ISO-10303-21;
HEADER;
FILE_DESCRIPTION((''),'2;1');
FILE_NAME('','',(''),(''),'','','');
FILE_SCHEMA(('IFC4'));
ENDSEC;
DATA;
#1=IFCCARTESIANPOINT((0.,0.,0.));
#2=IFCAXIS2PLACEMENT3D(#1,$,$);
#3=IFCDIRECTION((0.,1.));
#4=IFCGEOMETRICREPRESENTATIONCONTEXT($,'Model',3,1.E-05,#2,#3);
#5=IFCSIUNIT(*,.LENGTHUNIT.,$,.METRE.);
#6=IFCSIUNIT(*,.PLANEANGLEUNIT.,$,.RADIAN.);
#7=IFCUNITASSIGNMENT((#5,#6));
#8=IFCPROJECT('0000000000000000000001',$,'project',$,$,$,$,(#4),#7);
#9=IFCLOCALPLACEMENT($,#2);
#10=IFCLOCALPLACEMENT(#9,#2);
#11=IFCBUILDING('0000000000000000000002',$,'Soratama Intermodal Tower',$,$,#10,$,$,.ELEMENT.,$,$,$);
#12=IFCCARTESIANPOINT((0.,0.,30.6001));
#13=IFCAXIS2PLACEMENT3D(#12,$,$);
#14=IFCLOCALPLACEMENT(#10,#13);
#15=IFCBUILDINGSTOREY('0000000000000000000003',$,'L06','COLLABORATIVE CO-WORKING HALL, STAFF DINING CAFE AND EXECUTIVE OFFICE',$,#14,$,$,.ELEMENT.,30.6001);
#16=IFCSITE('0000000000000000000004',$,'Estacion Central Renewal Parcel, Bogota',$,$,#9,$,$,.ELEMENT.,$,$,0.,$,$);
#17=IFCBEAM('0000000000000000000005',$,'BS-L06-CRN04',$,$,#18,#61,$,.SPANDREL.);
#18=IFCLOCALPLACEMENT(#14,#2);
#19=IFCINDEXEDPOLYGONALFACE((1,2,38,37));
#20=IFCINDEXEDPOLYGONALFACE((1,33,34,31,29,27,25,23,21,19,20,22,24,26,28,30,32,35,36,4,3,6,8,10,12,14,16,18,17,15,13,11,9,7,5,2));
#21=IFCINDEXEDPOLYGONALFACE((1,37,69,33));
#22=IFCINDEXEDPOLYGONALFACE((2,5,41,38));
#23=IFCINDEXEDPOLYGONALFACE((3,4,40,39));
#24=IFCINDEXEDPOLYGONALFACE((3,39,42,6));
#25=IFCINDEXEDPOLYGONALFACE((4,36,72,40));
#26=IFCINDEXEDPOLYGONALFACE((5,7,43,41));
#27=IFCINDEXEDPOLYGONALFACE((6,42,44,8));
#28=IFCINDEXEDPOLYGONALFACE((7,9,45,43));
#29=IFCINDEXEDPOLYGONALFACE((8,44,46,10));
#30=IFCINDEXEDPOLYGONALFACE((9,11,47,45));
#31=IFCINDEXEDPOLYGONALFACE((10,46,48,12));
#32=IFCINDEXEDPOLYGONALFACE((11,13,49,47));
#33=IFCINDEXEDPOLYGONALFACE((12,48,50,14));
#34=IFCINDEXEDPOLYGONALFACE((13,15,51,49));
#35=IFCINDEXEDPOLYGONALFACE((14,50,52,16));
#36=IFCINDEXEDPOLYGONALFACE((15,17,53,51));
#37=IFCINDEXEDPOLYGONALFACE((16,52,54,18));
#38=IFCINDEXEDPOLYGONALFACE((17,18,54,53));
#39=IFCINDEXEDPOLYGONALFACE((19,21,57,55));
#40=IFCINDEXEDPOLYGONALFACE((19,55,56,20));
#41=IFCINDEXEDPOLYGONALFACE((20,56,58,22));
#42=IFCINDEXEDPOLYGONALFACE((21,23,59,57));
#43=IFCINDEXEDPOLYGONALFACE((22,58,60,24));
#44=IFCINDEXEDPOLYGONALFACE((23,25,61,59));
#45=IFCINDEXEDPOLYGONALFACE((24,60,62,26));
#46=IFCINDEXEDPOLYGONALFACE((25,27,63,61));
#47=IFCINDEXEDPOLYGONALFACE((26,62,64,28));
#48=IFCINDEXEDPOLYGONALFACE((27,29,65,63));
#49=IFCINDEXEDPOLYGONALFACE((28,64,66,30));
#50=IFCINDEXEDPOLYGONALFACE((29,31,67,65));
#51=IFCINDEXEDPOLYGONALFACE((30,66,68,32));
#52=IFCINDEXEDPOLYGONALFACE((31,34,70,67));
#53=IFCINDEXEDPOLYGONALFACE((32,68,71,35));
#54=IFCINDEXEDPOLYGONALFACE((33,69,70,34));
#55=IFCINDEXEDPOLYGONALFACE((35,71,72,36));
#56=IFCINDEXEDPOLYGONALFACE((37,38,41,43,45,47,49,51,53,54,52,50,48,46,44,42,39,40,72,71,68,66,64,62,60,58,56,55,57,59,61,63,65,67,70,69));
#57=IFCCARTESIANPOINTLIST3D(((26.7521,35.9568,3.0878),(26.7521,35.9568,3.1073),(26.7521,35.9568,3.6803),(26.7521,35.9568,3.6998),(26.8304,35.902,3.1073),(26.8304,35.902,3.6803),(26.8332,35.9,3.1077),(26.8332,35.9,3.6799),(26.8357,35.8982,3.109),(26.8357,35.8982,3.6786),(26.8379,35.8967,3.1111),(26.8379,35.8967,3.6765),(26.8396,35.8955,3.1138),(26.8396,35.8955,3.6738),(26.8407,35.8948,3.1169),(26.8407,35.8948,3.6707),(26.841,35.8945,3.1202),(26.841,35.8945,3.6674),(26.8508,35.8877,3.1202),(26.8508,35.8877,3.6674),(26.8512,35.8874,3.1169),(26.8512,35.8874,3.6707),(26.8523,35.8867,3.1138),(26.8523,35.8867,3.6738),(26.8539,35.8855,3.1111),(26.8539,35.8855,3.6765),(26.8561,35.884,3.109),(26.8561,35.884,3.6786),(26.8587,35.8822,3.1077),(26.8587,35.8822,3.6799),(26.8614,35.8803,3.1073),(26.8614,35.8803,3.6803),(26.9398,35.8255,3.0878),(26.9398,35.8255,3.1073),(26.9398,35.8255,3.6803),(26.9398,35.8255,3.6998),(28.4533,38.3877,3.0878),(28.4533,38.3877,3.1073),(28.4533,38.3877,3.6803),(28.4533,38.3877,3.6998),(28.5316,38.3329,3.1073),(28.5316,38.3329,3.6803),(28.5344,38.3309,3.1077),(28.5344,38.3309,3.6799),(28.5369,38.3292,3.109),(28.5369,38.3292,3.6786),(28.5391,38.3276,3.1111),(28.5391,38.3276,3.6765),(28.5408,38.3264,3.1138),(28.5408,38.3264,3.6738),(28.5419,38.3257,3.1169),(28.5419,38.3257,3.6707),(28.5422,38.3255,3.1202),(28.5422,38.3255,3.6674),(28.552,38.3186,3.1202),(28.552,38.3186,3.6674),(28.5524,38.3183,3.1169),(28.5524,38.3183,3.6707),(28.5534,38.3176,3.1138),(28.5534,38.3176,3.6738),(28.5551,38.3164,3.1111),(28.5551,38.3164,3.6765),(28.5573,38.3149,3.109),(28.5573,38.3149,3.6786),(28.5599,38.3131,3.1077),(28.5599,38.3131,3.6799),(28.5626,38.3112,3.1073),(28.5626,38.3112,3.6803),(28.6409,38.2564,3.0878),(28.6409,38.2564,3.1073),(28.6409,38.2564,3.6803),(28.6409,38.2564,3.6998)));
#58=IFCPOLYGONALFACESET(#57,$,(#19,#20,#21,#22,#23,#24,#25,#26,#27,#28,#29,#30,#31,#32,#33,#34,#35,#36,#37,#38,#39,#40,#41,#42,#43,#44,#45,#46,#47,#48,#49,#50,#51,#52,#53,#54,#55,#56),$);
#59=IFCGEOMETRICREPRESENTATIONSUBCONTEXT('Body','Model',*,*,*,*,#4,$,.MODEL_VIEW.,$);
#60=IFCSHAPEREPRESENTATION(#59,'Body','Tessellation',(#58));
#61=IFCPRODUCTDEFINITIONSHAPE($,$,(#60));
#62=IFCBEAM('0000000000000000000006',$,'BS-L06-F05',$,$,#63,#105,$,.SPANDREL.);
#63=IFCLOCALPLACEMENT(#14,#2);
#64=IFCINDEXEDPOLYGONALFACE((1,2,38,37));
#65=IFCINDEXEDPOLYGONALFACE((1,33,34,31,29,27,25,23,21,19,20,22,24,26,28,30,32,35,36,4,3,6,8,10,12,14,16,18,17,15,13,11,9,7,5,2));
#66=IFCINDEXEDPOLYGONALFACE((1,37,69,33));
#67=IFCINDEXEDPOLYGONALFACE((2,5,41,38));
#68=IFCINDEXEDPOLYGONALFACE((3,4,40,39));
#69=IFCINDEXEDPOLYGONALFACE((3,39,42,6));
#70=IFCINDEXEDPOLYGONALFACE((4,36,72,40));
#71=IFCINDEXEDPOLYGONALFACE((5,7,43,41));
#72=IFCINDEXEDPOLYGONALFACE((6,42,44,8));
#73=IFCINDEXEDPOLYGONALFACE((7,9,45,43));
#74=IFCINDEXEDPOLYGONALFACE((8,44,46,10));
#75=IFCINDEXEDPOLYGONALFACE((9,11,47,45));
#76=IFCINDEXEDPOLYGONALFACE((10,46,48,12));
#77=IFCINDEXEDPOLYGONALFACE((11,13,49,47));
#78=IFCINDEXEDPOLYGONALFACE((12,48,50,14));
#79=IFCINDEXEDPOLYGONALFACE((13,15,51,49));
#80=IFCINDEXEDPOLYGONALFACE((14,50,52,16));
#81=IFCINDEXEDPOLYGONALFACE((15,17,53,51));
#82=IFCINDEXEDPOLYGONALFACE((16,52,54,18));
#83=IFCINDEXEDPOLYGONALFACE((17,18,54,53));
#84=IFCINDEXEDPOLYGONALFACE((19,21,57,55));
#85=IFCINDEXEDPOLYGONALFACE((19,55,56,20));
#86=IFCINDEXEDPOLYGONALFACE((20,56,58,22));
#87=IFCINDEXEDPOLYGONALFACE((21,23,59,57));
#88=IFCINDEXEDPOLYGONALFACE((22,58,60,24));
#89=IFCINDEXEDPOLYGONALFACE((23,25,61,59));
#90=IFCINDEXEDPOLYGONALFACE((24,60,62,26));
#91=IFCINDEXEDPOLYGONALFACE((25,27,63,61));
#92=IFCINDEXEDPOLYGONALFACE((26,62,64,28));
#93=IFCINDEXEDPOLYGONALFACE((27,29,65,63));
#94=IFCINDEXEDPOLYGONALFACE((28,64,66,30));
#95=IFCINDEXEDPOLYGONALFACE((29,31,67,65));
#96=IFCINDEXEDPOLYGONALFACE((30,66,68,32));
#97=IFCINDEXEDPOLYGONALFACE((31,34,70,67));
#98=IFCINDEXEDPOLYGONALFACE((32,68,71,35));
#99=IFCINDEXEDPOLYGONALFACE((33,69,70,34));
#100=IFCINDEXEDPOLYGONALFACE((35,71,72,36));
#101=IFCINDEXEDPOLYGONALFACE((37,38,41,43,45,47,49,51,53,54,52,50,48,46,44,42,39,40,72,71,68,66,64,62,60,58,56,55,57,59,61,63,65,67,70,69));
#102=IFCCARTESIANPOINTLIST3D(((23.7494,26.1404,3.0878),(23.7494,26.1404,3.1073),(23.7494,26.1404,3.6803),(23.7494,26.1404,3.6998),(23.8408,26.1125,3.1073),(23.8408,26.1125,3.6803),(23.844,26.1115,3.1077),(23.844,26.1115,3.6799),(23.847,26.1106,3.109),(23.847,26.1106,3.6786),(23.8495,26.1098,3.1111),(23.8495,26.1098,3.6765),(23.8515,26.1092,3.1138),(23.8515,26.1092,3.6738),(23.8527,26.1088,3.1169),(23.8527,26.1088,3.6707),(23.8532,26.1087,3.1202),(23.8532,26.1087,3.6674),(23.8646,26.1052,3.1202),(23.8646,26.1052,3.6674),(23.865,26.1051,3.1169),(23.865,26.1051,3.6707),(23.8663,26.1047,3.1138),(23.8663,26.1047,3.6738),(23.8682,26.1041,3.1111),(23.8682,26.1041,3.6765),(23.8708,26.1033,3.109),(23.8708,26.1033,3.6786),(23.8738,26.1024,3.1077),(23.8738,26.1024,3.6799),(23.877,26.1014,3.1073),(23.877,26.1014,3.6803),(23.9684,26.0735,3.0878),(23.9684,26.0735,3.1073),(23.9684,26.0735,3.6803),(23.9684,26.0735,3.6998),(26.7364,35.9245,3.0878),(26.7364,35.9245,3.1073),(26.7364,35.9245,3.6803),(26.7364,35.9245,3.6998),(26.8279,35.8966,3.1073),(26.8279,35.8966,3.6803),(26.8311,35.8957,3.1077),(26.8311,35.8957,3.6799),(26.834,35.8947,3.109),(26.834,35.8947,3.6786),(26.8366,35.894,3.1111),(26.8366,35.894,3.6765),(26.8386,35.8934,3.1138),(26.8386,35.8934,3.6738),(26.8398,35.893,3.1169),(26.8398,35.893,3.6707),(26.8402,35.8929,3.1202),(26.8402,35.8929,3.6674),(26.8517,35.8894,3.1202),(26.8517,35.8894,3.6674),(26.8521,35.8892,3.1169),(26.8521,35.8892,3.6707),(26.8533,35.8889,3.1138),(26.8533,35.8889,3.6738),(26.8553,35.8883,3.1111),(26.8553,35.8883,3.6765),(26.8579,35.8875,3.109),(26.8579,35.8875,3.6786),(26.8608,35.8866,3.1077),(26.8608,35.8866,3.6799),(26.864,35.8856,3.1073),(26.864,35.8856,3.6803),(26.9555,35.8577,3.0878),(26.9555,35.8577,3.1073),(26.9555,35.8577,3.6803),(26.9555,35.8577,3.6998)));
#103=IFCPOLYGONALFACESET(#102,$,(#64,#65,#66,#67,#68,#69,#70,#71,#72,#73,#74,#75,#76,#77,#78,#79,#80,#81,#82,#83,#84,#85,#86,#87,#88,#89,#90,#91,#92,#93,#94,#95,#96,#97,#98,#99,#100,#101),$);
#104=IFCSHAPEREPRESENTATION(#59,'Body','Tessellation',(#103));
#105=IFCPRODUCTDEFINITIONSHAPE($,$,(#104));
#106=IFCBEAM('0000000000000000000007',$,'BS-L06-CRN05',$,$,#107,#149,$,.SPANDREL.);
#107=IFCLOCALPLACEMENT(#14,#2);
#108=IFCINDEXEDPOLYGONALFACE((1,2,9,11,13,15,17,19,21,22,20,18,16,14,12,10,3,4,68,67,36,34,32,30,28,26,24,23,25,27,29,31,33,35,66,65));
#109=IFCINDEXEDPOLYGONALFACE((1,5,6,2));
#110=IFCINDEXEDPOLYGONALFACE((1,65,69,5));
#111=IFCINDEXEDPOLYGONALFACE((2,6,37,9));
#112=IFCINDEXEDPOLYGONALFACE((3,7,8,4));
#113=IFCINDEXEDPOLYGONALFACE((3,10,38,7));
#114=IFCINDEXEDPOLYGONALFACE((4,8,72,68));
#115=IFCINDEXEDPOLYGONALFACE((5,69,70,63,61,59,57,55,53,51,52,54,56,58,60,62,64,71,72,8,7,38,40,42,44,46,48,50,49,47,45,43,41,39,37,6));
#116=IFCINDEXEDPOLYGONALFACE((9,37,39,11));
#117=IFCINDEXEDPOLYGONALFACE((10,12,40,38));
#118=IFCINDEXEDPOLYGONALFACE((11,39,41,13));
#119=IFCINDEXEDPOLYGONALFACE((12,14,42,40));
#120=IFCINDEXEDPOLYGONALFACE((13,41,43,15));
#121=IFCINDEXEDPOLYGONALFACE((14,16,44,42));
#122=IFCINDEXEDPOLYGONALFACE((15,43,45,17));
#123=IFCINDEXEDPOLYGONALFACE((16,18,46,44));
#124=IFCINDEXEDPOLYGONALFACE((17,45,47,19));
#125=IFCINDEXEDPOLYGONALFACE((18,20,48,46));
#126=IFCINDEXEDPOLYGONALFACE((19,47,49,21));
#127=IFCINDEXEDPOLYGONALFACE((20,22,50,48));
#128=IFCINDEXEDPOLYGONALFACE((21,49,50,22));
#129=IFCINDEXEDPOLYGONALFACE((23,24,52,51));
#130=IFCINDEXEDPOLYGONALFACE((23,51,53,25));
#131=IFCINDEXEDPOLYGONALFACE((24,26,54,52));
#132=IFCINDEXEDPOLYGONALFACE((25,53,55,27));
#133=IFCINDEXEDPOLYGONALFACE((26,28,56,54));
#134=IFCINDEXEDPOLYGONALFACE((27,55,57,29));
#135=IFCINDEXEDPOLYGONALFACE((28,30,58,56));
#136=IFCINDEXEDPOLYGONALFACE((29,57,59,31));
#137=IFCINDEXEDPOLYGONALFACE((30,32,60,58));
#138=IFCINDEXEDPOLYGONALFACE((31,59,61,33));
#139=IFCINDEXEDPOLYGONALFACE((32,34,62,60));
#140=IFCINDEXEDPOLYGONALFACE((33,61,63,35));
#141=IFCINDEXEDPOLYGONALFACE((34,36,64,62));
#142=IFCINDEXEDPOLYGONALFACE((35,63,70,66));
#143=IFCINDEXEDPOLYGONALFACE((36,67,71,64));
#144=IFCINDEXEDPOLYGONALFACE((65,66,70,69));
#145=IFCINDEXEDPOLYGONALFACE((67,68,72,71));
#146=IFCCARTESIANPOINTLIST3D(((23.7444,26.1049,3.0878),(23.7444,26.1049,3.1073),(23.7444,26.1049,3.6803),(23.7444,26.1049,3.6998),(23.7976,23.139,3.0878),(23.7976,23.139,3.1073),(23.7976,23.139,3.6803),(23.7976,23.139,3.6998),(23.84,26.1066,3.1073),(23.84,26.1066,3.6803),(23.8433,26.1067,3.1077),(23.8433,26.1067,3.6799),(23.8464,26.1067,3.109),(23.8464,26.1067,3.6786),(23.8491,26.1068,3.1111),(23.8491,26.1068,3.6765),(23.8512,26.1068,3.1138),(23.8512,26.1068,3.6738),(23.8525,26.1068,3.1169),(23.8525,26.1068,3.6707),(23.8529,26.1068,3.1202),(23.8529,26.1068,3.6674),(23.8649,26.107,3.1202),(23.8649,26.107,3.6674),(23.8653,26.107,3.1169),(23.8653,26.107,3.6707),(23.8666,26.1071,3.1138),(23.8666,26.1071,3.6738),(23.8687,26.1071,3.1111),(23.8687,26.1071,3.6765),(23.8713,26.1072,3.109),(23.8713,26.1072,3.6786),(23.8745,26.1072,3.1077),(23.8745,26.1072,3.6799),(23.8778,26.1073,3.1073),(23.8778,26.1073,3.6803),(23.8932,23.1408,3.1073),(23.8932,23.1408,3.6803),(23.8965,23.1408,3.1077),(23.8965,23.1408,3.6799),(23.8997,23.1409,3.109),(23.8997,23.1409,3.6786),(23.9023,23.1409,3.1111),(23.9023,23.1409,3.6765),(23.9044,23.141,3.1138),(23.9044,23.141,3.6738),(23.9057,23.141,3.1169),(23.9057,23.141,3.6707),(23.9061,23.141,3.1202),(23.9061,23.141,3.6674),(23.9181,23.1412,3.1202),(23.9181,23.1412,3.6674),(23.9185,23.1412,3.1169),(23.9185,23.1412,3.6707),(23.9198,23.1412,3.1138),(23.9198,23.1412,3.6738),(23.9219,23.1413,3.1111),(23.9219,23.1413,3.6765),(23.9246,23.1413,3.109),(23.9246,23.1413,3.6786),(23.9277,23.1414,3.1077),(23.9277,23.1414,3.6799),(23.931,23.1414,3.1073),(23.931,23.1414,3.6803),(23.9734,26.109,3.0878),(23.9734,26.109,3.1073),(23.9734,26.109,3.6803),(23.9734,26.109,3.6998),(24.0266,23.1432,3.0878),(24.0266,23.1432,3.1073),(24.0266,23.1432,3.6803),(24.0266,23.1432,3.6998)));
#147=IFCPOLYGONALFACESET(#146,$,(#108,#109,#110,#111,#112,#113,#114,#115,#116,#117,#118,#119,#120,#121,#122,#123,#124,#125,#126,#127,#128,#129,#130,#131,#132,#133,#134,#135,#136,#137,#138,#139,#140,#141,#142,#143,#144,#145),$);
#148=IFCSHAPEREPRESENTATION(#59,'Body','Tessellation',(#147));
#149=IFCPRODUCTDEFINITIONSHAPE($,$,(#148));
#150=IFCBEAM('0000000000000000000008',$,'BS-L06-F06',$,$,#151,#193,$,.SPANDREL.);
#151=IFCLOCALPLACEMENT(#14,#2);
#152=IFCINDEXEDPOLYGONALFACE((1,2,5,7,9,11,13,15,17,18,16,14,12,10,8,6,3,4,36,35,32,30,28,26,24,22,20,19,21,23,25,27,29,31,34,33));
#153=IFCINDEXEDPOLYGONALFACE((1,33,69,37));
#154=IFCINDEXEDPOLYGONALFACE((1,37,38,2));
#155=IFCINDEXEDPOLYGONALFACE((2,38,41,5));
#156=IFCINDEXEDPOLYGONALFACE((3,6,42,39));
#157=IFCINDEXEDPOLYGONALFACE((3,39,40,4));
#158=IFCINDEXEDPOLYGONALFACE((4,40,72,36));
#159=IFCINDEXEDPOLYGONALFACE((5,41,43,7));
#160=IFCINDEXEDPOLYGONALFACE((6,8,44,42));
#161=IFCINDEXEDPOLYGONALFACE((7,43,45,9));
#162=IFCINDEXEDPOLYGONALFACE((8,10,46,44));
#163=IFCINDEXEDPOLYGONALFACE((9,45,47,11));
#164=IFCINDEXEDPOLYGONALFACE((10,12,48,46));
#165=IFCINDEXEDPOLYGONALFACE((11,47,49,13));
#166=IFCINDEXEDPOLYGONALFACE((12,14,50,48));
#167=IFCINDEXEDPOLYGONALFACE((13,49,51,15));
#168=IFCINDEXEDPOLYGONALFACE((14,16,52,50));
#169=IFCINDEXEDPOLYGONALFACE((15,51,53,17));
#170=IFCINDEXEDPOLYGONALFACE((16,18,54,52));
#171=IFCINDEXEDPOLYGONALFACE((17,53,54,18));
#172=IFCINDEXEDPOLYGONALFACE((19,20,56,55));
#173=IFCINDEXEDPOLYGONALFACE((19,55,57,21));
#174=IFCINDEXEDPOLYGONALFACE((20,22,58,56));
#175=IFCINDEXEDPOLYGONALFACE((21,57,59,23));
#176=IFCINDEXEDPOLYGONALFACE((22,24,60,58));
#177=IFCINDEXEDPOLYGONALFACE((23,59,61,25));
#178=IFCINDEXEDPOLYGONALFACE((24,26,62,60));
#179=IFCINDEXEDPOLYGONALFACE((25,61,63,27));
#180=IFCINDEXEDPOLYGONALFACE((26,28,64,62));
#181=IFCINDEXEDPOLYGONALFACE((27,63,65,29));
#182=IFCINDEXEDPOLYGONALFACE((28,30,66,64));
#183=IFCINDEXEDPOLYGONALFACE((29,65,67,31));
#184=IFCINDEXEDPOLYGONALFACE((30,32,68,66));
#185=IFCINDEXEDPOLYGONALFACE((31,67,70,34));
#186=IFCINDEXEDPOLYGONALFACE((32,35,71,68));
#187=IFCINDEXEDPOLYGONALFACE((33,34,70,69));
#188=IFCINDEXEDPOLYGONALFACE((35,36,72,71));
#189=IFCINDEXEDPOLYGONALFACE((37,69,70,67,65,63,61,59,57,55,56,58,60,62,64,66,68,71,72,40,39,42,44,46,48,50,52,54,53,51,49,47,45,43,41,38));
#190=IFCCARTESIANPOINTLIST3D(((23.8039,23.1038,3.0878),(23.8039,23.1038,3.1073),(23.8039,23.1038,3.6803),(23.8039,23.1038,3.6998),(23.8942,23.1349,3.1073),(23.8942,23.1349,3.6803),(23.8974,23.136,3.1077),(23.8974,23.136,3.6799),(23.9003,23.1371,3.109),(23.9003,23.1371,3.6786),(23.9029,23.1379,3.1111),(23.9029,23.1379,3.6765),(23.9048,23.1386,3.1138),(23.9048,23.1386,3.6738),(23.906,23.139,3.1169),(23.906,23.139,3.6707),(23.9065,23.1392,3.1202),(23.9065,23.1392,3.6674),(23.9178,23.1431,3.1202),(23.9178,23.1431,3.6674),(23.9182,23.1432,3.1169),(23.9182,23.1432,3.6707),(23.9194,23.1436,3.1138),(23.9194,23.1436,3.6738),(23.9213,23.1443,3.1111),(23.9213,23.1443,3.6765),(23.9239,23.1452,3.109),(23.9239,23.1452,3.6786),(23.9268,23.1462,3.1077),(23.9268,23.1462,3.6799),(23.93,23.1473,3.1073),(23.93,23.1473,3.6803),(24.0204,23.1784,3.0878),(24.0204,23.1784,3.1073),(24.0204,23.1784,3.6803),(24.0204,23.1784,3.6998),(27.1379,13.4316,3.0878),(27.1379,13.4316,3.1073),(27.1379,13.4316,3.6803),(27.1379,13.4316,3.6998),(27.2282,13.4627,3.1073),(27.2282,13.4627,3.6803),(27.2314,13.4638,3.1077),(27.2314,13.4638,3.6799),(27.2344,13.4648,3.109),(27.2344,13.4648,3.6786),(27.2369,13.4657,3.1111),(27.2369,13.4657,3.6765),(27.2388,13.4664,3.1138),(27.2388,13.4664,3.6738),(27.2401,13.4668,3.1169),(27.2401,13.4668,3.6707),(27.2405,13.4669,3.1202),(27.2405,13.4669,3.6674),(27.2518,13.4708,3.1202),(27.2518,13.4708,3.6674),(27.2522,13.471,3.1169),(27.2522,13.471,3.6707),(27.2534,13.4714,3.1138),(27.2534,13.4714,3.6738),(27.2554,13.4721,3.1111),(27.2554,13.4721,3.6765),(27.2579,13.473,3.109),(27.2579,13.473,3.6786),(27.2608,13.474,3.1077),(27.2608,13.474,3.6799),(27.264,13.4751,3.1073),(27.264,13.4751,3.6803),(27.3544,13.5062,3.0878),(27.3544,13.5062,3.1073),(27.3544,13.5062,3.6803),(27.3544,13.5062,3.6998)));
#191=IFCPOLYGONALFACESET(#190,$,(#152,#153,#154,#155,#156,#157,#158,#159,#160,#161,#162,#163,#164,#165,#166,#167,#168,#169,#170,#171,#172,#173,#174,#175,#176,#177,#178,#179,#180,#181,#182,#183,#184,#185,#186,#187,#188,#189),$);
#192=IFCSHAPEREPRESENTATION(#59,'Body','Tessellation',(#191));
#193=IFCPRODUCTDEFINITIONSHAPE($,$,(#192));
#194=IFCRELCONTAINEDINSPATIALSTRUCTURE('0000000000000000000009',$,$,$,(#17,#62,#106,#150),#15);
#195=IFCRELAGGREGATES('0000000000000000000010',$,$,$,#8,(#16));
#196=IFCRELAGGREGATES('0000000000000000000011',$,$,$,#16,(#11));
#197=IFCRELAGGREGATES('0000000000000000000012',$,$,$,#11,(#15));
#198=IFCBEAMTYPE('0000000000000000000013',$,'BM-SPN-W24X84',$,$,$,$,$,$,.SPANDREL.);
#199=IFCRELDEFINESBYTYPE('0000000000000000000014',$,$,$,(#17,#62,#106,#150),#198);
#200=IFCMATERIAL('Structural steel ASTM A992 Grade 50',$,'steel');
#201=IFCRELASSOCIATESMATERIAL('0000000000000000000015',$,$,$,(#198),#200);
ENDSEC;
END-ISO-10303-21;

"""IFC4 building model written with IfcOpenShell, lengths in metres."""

from ifc_helpers import new_model, si_unit, direction, frame, origin, origin_2d, place, context, subcontext, project, spatial, i_section, extrude, material, material_profile, profile_set, type_object, element, save


model = new_model("IFC4")

# Units and contexts
model_context = context("Model", 3, precision=1e-05, world=origin(), true_north=direction((0.0, 1.0)))
body_context = subcontext(model_context, "Body", "Model", "MODEL_VIEW")
ifc_project = project(units=[si_unit("LENGTHUNIT", "METRE"), si_unit("PLANEANGLEUNIT", "RADIAN")], contexts=[model_context])

# Site, building, storey
site_placement = place(None, origin())
site = spatial("IfcSite", under=ifc_project, at=site_placement, Name="Estacion Central Renewal Parcel, Bogota", CompositionType="ELEMENT", RefElevation=0.0)
building_placement = place(site_placement, origin())
building = spatial("IfcBuilding", under=site, at=building_placement, Name="Soratama Intermodal Tower", CompositionType="ELEMENT")
storey_placement = place(building_placement, frame((0.0, 0.0, 30.6001)))
storey = spatial("IfcBuildingStorey", under=building, at=storey_placement, Name="L06", Description="COLLABORATIVE CO-WORKING HALL, STAFF DINING CAFE AND EXECUTIVE OFFICE", CompositionType="ELEMENT", Elevation=30.6001)

# Beams
ifc_material_1 = material(Name="Structural steel ASTM A992 Grade 50", Category="steel")
ifc_material_profile_1 = material_profile(ifc_material_1, i_section(OverallWidth=0.229, OverallDepth=0.6121, WebThickness=0.012, FlangeThickness=0.0195, FilletRadius=0.0129, at=origin_2d()), Name="W24X84")
ifc_profile_set_1 = profile_set([ifc_material_profile_1], Name="Structural steel ASTM A992 Grade 50")
beam_type_1 = type_object("IfcBeamType", Name="BM-SPN-W24X84", PredefinedType="SPANDREL", material=ifc_profile_set_1)
beam_1_placement = place(storey_placement, frame((28.5471, 38.322, 3.3938), z_axis=(-0.573357, -0.819305, 0.0), x_axis=(0.819305, -0.573357, 0.0)))
element("IfcBeam", 1, at=beam_1_placement, inside=storey, type_object=beam_type_1, Name="BS-L06-CRN04", PredefinedType="SPANDREL", context=body_context, shape_type="SweptSolid", body=[
    extrude(i_section(OverallWidth=0.229, OverallDepth=0.6121, WebThickness=0.012, FlangeThickness=0.0195, FilletRadius=0.0129, at=origin_2d()), origin(), (0.0, 0.0, 1.0), 2.967),
])
beam_2_placement = place(storey_placement, frame((26.8459, 35.8911, 3.3938), z_axis=(-0.291991, -0.956421, 0.0), x_axis=(0.956421, -0.291991, 0.0)))
element("IfcBeam", 2, at=beam_2_placement, inside=storey, type_object=beam_type_1, Name="BS-L06-F05", PredefinedType="SPANDREL", context=body_context, shape_type="SweptSolid", body=[
    extrude(i_section(OverallWidth=0.229, OverallDepth=0.6121, WebThickness=0.012, FlangeThickness=0.0195, FilletRadius=0.0129, at=origin_2d()), origin(), (0.0, 0.0, 1.0), 10.23),
])
beam_3_placement = place(storey_placement, frame((23.8589, 26.1069, 3.3938), z_axis=(0.017942, -0.999839, 0.0), x_axis=(0.999839, 0.017942, 0.0)))
element("IfcBeam", 3, at=beam_3_placement, inside=storey, type_object=beam_type_1, Name="BS-L06-CRN05", PredefinedType="SPANDREL", context=body_context, shape_type="SweptSolid", body=[
    extrude(i_section(OverallWidth=0.229, OverallDepth=0.6121, WebThickness=0.012, FlangeThickness=0.0195, FilletRadius=0.0129, at=origin_2d()), origin(), (0.0, 0.0, 1.0), 2.9663),
])
beam_4_placement = place(storey_placement, frame((23.9121, 23.1411, 3.3938), z_axis=(0.325883, -0.94541, 0.0), x_axis=(0.94541, 0.325883, 0.0)))
element("IfcBeam", 4, at=beam_4_placement, inside=storey, type_object=beam_type_1, Name="BS-L06-F06", PredefinedType="SPANDREL", context=body_context, shape_type="SweptSolid", body=[
    extrude(i_section(OverallWidth=0.229, OverallDepth=0.6121, WebThickness=0.012, FlangeThickness=0.0195, FilletRadius=0.0129, at=origin_2d()), origin(), (0.0, 0.0, 1.0), 10.2307),
])

save(model, "model.ifc")
